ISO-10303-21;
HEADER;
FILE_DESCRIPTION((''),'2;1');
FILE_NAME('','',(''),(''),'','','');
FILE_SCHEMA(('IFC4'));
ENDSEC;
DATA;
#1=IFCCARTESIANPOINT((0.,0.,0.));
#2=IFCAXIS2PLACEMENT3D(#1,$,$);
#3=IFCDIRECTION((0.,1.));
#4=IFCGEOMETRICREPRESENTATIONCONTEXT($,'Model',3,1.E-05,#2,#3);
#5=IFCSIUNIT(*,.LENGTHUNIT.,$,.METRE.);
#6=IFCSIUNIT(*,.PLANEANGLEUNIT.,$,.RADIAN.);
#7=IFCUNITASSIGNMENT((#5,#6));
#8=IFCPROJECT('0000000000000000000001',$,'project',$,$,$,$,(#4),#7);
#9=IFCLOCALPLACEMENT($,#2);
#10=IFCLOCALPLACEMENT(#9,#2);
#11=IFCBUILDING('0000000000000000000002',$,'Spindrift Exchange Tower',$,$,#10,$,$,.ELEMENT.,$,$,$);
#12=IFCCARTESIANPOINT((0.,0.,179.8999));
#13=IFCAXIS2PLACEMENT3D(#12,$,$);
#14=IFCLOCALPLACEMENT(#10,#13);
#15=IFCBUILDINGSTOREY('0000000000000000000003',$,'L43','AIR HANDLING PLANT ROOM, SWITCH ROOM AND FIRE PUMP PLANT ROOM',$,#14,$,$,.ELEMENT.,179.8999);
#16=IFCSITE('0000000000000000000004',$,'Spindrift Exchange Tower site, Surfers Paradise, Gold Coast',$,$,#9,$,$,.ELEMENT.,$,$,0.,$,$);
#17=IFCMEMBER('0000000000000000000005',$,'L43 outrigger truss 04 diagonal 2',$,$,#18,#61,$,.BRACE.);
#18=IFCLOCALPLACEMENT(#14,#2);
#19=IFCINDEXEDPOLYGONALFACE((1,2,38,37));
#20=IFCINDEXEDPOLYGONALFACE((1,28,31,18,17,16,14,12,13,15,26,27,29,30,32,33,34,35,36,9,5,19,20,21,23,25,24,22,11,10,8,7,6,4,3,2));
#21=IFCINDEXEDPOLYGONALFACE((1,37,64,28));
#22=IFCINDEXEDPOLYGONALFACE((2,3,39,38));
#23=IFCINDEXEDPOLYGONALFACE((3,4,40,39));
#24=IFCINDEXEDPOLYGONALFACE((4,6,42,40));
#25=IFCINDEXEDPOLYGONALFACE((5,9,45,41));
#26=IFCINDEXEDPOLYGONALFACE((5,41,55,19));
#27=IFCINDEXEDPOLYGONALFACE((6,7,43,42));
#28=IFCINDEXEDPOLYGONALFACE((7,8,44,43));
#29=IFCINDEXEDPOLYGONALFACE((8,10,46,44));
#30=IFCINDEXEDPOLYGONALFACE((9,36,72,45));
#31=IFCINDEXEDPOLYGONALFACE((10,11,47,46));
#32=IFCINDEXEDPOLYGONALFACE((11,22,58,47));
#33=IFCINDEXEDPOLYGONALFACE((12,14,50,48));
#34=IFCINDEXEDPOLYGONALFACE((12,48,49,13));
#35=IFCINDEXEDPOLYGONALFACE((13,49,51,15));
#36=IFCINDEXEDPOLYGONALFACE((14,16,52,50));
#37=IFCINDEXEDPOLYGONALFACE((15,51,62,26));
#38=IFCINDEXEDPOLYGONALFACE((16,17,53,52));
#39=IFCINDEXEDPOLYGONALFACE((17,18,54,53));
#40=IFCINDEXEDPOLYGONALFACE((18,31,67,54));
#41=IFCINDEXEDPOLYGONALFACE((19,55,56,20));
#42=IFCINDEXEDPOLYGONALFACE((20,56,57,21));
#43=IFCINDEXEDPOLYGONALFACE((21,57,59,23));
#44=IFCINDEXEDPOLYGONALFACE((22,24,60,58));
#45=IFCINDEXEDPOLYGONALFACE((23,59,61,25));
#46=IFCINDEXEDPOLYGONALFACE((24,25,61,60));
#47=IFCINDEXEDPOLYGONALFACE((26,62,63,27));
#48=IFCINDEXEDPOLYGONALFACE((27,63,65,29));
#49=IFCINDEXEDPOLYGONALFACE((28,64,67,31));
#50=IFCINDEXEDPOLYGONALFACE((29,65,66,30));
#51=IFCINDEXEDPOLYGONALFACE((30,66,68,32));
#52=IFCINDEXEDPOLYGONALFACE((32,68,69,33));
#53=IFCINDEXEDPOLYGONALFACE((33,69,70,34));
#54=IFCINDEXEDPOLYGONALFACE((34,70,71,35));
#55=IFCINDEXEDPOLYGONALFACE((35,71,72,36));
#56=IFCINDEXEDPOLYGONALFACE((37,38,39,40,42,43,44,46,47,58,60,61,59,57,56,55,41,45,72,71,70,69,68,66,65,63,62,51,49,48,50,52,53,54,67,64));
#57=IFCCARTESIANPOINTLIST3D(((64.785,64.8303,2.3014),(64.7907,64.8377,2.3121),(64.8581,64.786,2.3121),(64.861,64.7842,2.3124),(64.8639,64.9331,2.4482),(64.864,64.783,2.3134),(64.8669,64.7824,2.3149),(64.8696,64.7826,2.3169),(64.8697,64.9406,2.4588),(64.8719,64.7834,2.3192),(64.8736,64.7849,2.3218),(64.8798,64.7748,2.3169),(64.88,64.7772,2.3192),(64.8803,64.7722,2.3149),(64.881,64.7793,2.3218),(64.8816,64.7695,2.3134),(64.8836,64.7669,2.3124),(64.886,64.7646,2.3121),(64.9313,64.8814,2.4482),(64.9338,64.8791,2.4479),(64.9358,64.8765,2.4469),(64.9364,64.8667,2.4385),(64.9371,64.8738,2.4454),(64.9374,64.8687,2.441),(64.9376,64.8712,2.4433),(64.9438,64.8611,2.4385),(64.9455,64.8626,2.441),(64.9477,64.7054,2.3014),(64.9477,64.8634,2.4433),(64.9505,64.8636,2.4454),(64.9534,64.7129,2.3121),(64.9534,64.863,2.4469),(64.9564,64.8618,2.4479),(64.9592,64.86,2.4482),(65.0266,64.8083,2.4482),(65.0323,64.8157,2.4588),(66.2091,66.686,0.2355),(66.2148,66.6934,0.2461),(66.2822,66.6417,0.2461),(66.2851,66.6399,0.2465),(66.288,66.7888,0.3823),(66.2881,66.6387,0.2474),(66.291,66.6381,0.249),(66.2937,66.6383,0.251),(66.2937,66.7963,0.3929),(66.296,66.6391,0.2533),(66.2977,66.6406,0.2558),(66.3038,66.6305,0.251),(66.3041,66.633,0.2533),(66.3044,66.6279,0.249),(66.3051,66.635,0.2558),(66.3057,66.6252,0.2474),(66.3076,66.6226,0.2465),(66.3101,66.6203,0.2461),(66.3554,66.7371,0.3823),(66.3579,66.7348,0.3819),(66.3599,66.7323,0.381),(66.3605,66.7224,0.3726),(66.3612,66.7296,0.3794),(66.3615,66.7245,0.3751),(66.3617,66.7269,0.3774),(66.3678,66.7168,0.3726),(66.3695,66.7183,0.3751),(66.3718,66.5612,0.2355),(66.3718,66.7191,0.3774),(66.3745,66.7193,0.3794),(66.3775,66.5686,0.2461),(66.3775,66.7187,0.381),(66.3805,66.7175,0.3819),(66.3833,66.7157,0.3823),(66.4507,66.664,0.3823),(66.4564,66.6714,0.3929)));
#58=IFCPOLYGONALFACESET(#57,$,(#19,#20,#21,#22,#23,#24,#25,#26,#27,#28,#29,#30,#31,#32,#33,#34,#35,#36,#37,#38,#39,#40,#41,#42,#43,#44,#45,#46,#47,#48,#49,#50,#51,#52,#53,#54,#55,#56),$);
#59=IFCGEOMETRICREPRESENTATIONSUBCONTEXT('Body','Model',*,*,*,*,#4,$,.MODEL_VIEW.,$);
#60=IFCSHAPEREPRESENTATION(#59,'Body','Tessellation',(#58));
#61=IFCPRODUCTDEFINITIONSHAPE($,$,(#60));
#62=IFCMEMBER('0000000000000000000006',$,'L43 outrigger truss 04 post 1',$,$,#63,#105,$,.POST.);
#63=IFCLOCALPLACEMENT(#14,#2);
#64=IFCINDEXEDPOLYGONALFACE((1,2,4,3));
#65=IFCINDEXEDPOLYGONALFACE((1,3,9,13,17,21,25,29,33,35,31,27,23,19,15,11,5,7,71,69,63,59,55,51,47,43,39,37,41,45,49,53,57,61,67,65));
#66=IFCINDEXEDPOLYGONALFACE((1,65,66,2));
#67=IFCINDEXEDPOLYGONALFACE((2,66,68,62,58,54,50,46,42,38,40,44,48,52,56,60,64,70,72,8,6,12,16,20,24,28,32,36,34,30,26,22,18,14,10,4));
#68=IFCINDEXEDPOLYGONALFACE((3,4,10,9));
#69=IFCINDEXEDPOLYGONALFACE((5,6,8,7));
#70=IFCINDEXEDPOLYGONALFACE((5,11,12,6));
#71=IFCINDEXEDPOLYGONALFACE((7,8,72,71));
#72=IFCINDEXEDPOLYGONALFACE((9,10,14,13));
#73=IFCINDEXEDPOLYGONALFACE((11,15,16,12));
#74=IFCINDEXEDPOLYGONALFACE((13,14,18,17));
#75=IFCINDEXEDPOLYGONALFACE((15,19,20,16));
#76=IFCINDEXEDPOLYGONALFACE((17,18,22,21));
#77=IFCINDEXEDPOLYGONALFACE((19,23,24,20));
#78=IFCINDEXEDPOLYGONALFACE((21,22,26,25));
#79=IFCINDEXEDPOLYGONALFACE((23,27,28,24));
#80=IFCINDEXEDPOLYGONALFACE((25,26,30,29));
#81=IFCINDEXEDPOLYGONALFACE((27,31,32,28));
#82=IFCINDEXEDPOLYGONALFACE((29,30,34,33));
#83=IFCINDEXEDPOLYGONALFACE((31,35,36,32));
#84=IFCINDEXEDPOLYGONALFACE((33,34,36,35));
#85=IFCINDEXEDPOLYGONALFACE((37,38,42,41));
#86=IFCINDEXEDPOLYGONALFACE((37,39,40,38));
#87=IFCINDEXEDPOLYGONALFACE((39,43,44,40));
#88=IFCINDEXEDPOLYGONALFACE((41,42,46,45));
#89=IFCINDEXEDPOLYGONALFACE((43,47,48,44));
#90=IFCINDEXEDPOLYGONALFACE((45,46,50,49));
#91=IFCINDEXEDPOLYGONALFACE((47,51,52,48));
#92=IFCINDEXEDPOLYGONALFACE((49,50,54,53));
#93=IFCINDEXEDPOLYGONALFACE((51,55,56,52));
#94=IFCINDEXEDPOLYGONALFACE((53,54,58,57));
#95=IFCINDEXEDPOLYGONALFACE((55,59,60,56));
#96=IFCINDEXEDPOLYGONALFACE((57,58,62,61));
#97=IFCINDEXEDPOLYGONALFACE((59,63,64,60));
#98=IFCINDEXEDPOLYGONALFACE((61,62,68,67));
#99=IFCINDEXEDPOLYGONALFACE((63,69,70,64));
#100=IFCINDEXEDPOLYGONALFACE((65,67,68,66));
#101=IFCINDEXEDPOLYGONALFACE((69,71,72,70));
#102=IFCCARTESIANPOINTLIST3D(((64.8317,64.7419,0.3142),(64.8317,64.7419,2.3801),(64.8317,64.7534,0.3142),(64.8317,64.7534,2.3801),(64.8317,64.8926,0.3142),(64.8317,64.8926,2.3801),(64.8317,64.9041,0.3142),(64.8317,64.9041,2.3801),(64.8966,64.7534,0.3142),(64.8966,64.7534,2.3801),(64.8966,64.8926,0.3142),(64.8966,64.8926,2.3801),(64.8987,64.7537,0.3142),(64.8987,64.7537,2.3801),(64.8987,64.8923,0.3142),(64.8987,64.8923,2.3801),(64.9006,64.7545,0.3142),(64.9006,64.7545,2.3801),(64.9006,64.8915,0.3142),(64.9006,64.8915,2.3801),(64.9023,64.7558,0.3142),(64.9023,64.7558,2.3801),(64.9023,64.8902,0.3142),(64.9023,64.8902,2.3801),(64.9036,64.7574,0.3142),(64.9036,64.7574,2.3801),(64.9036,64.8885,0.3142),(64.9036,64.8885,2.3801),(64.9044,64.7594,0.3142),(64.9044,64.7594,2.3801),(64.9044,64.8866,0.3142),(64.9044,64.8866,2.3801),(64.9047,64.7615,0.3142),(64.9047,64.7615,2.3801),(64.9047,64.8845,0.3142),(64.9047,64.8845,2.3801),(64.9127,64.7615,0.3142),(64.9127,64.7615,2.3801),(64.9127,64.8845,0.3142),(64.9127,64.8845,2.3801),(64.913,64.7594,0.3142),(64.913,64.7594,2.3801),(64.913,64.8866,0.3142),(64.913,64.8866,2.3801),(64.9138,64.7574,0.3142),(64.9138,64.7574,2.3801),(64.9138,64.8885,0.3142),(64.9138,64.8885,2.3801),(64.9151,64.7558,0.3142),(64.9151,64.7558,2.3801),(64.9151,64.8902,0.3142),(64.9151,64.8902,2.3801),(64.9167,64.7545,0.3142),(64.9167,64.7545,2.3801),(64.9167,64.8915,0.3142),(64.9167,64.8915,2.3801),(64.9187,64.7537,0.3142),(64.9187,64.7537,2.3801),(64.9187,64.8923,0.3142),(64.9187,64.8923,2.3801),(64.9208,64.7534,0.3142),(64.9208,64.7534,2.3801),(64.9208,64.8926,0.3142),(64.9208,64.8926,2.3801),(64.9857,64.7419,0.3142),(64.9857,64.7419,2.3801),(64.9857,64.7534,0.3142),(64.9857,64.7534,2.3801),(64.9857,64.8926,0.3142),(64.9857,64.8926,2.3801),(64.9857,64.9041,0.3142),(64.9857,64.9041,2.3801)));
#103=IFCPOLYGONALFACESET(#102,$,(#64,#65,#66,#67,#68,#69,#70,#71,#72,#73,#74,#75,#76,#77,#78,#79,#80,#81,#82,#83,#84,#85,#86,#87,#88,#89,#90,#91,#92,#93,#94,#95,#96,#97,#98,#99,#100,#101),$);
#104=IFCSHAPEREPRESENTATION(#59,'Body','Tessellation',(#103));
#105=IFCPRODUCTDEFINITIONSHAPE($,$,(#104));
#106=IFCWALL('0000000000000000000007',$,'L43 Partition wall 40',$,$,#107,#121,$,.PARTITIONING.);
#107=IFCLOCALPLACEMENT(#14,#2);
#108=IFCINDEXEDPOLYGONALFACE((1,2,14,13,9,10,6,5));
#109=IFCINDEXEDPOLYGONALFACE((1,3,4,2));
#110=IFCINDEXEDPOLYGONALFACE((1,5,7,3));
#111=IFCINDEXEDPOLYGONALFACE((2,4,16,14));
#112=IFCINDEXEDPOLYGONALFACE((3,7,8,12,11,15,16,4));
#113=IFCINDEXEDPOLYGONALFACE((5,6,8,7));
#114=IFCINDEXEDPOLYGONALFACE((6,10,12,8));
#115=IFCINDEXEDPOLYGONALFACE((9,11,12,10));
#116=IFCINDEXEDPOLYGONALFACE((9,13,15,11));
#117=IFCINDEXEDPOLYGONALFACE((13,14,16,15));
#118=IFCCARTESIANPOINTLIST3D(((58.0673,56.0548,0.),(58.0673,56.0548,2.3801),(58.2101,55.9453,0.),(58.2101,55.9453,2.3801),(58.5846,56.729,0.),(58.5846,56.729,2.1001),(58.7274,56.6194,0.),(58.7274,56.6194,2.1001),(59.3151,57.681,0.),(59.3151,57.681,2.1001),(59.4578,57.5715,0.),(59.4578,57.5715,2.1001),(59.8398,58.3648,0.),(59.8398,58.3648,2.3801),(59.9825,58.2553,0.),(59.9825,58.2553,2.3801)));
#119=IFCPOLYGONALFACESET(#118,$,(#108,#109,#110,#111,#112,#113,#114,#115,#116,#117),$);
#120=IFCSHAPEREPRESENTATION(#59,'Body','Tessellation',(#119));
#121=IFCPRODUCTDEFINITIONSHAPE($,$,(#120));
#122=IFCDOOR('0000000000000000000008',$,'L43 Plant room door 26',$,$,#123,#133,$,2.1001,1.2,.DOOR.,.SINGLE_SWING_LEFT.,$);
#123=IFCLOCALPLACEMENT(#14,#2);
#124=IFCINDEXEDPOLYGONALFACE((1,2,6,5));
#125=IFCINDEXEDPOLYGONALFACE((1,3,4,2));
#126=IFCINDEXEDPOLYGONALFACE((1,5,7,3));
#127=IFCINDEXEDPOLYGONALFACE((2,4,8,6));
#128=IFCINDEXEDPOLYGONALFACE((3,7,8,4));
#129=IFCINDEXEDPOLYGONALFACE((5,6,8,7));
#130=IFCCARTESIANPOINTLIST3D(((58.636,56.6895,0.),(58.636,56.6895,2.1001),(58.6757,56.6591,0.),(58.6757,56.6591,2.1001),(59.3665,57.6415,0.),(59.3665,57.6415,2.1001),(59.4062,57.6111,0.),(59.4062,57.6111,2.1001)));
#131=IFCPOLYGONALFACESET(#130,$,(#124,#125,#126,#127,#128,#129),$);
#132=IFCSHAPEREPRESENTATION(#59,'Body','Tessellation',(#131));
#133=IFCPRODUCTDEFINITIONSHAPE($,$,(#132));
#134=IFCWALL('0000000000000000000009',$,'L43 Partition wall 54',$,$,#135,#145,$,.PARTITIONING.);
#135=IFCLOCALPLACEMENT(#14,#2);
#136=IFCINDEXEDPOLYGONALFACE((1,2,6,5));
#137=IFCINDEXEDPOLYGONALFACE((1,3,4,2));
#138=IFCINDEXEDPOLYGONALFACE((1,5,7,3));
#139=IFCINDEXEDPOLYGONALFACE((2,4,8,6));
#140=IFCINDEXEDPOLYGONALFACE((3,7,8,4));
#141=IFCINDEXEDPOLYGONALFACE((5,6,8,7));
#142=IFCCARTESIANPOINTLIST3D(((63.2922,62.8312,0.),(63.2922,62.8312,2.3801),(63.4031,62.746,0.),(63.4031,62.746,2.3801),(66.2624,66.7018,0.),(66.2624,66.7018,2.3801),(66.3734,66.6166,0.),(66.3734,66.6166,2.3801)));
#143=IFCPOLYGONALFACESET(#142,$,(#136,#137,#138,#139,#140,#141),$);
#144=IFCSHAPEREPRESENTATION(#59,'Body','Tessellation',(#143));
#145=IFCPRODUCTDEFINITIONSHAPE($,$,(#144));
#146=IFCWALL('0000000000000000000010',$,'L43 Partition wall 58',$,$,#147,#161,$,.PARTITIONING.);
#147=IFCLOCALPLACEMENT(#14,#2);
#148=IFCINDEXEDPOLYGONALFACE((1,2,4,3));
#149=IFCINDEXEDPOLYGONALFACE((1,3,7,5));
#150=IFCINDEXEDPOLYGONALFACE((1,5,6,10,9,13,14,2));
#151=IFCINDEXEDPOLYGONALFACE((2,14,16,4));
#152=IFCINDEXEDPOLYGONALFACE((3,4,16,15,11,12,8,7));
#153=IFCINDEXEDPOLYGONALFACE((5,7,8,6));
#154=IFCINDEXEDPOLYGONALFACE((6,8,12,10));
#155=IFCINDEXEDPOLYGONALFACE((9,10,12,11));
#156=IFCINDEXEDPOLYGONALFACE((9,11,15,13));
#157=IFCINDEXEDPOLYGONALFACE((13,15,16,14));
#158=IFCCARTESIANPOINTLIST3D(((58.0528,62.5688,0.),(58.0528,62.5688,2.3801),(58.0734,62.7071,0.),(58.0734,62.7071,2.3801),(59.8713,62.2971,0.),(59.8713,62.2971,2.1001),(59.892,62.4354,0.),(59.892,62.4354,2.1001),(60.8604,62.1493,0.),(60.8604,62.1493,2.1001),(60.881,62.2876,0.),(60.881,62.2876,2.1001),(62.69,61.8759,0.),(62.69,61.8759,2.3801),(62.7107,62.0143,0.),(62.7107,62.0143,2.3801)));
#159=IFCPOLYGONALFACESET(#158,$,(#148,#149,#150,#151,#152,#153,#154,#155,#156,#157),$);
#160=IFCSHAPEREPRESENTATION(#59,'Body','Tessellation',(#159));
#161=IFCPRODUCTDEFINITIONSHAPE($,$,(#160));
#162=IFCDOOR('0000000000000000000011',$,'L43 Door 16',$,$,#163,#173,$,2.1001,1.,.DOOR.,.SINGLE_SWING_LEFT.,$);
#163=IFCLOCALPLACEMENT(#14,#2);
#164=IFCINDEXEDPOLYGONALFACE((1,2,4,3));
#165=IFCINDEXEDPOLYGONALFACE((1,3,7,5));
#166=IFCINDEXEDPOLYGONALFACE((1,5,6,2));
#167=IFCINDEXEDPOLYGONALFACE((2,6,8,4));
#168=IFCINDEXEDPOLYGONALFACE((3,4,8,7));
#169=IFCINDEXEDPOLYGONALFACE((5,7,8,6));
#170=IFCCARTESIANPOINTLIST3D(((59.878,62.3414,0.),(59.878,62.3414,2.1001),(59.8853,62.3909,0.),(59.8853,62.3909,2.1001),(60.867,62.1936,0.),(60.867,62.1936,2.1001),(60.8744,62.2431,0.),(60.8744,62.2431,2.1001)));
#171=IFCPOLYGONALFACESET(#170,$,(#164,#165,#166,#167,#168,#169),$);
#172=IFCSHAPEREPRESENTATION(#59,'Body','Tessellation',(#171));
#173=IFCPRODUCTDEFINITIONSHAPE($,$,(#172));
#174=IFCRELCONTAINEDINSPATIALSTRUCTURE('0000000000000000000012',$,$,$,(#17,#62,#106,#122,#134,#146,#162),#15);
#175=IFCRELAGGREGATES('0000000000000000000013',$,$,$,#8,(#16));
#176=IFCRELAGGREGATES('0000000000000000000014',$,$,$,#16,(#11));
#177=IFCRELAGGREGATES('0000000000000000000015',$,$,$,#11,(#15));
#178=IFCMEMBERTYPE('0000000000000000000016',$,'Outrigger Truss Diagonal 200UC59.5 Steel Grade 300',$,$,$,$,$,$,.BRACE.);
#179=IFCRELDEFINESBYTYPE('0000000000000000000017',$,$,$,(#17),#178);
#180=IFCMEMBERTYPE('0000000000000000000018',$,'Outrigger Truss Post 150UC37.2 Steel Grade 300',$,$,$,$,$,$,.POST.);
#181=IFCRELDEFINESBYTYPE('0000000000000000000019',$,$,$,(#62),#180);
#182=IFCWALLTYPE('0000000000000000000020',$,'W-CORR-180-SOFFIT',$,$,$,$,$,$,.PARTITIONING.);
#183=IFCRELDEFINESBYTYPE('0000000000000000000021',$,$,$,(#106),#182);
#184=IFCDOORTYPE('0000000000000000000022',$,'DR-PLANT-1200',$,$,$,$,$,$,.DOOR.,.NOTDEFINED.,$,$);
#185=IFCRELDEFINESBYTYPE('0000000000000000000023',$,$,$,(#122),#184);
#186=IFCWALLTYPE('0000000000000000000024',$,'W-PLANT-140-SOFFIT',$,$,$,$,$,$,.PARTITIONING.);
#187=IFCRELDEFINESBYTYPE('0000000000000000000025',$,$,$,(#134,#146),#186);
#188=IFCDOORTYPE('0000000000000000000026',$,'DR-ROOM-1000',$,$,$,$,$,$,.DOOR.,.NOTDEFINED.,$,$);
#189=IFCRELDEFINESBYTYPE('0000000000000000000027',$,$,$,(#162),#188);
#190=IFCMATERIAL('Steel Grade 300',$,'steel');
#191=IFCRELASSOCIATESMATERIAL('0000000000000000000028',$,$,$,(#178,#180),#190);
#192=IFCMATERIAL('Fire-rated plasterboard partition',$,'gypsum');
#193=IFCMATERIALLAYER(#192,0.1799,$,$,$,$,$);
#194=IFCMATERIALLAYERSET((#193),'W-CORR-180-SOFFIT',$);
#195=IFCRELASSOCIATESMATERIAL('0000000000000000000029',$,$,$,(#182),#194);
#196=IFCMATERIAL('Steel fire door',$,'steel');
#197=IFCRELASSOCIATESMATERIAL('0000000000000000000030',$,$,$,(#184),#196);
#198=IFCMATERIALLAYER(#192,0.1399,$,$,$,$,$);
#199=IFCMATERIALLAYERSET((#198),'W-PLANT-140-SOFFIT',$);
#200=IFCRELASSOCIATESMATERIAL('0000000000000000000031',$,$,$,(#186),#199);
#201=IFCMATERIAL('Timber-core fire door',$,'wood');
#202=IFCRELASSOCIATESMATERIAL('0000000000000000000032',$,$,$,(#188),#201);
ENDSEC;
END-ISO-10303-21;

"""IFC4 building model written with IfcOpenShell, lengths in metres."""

from ifc_helpers import new_model, si_unit, direction, frame, frame_2d, origin, origin_2d, place, context, subcontext, project, spatial, rectangle, i_section, extrude, source, transform, mapped, material, layer, layer_set, material_profile, profile_set, type_object, element, fill, save


model = new_model("IFC4")

# Units and contexts
model_context = context("Model", 3, precision=1e-05, world=origin(), true_north=direction((0.0, 1.0)))
body_context = subcontext(model_context, "Body", "Model", "MODEL_VIEW")
ifc_project = project(units=[si_unit("LENGTHUNIT", "METRE"), si_unit("PLANEANGLEUNIT", "RADIAN")], contexts=[model_context])

# Site, building, storey
site_placement = place(None, origin())
site = spatial("IfcSite", under=ifc_project, at=site_placement, Name="Spindrift Exchange Tower site, Surfers Paradise, Gold Coast", CompositionType="ELEMENT", RefElevation=0.0)
building_placement = place(site_placement, origin())
building = spatial("IfcBuilding", under=site, at=building_placement, Name="Spindrift Exchange Tower", CompositionType="ELEMENT")
storey_placement = place(building_placement, frame((0.0, 0.0, 179.8999)))
storey = spatial("IfcBuildingStorey", under=building, at=storey_placement, Name="L43", Description="AIR HANDLING PLANT ROOM, SWITCH ROOM AND FIRE PUMP PLANT ROOM", CompositionType="ELEMENT", Elevation=179.8999)

# Shared definitions
ifc_material_1 = material(Name="Steel Grade 300", Category="steel")

# Members
ifc_material_profile_1 = material_profile(ifc_material_1, i_section(OverallWidth=0.2051, OverallDepth=0.21, WebThickness=0.0093, FlangeThickness=0.0142, FilletRadius=0.0129, at=origin_2d()), Name="200UC59.5")
ifc_profile_set_1 = profile_set([ifc_material_profile_1], Name="Steel Grade 300")
member_type_1 = type_object("IfcMemberType", Name="Outrigger Truss Diagonal 200UC59.5 Steel Grade 300", PredefinedType="BRACE", material=ifc_profile_set_1)
shared_shape_1 = source(origin(), body_context, "Body", "SweptSolid", [
    extrude(i_section(OverallWidth=0.2051, OverallDepth=0.21, WebThickness=0.0093, FlangeThickness=0.0142, FilletRadius=0.0129, at=origin_2d()), origin(), (0.0, 0.0, 1.0), 3.1208),
])
member_1_placement = place(storey_placement, frame((64.9087, 64.823, 2.3801), z_axis=(0.45631, 0.594619, -0.661974), x_axis=(-0.793326, 0.608797, 0.0)))
element("IfcMember", 1, at=member_1_placement, inside=storey, type_object=member_type_1, Name="L43 outrigger truss 04 diagonal 2", PredefinedType="BRACE", context=body_context, shape_type="MappedRepresentation", body=[
    mapped(shared_shape_1, transform((0.0, 0.0, 0.0), scale=1.0)),
])
ifc_material_profile_2 = material_profile(ifc_material_1, i_section(OverallWidth=0.1541, OverallDepth=0.1621, WebThickness=0.0081, FlangeThickness=0.0115, FilletRadius=0.0081, at=origin_2d()), Name="150UC37.2")
ifc_profile_set_2 = profile_set([ifc_material_profile_2], Name="Steel Grade 300")
member_type_2 = type_object("IfcMemberType", Name="Outrigger Truss Post 150UC37.2 Steel Grade 300", PredefinedType="POST", material=ifc_profile_set_2)
shared_shape_2 = source(origin(), body_context, "Body", "SweptSolid", [
    extrude(i_section(OverallWidth=0.1541, OverallDepth=0.1621, WebThickness=0.0081, FlangeThickness=0.0115, FilletRadius=0.0081, at=origin_2d()), origin(), (0.0, 0.0, 1.0), 2.0659),
])
member_2_placement = place(storey_placement, frame((64.9087, 64.823, 0.3142), z_axis=(0.0, 0.0, 1.0), x_axis=(1.0, 0.0, 0.0)))
element("IfcMember", 2, at=member_2_placement, inside=storey, type_object=member_type_2, Name="L43 outrigger truss 04 post 1", PredefinedType="POST", context=body_context, shape_type="MappedRepresentation", body=[
    mapped(shared_shape_2, transform((0.0, 0.0, 0.0), scale=1.0)),
])

# Wall, opening, door
ifc_material_2 = material(Name="Fire-rated plasterboard partition", Category="gypsum")
ifc_layer_1 = layer(ifc_material_2, 0.1799)
ifc_layer_set_1 = layer_set([ifc_layer_1], Name="W-CORR-180-SOFFIT")
wall_type_1 = type_object("IfcWallType", Name="W-CORR-180-SOFFIT", PredefinedType="PARTITIONING", material=ifc_layer_set_1)
wall_1_placement = place(storey_placement, frame((59.9111, 58.3101, 0.0), z_axis=(0.0, 0.0, 1.0), x_axis=(-0.608738, -0.793371, 0.0)))
wall_1 = element("IfcWall", 3, at=wall_1_placement, inside=storey, type_object=wall_type_1, Name="L43 Partition wall 40", PredefinedType="PARTITIONING", context=body_context, shape_type="SweptSolid", body=[
    extrude(rectangle(XDim=2.9116, YDim=0.1799, at=frame_2d((1.4558, 0.0))), origin(), (0.0, 0.0, 1.0), 2.3801),
])
opening_1_placement = place(wall_1_placement, frame((0.8618, 0.0, 0.0)))
opening_1 = element("IfcOpeningElement", 4, at=opening_1_placement, cuts=wall_1, PredefinedType="OPENING", context=body_context, shape_type="SweptSolid", body=[
    extrude(rectangle(XDim=1.2, YDim=2.1001, at=frame_2d((0.6001, 1.05))), frame((0.0, 0.0999, 0.0), z_axis=(0.0, -1.0, 0.0), x_axis=(1.0, 0.0, 0.0)), (0.0, 0.0, 1.0), 0.2),
])
ifc_material_3 = material(Name="Steel fire door", Category="steel")
door_type_1 = type_object("IfcDoorType", Name="DR-PLANT-1200", OperationType="NOTDEFINED", PredefinedType="DOOR", material=ifc_material_3)
shared_shape_3 = source(origin(), body_context, "Body", "SweptSolid", [
    extrude(rectangle(XDim=1.2, YDim=2.1001, at=frame_2d((0.6001, 1.05))), frame((0.0, 0.0249, 0.0), z_axis=(0.0, -1.0, 0.0), x_axis=(1.0, 0.0, 0.0)), (0.0, 0.0, 1.0), 0.05),
])
door_1_placement = place(opening_1_placement, origin())
door_1 = element("IfcDoor", 5, at=door_1_placement, inside=storey, type_object=door_type_1, Name="L43 Plant room door 26", OperationType="SINGLE_SWING_LEFT", OverallHeight=2.1001, OverallWidth=1.2, PredefinedType="DOOR", context=body_context, shape_type="MappedRepresentation", body=[
    mapped(shared_shape_3, transform((0.0, 0.0, 0.0), scale=1.0)),
])
fill(opening_1, door_1)

# Wall
ifc_layer_2 = layer(ifc_material_2, 0.1399)
ifc_layer_set_2 = layer_set([ifc_layer_2], Name="W-PLANT-140-SOFFIT")
wall_type_2 = type_object("IfcWallType", Name="W-PLANT-140-SOFFIT", PredefinedType="PARTITIONING", material=ifc_layer_set_2)
wall_2_placement = place(storey_placement, frame((63.3477, 62.7886, 0.0), z_axis=(0.0, 0.0, 1.0), x_axis=(0.608787, 0.793334, 0.0)))
element("IfcWall", 6, at=wall_2_placement, inside=storey, type_object=wall_type_2, Name="L43 Partition wall 54", PredefinedType="PARTITIONING", context=body_context, shape_type="SweptSolid", body=[
    extrude(rectangle(XDim=4.8789, YDim=0.1399, at=frame_2d((2.4395, 0.0))), origin(), (0.0, 0.0, 1.0), 2.3801),
])

# Wall, opening, door
wall_3_placement = place(storey_placement, frame((58.0632, 62.6379, 0.0), z_axis=(0.0, 0.0, 1.0), x_axis=(0.989021, -0.147775, 0.0)))
wall_3 = element("IfcWall", 7, at=wall_3_placement, inside=storey, type_object=wall_type_2, Name="L43 Partition wall 58", PredefinedType="PARTITIONING", context=body_context, shape_type="SweptSolid", body=[
    extrude(rectangle(XDim=4.6887, YDim=0.1399, at=frame_2d((2.3442, 0.0))), origin(), (0.0, 0.0, 1.0), 2.3801),
])
opening_2_placement = place(wall_3_placement, frame((1.8386, 0.0, 0.0)))
opening_2 = element("IfcOpeningElement", 8, at=opening_2_placement, cuts=wall_3, PredefinedType="OPENING", context=body_context, shape_type="SweptSolid", body=[
    extrude(rectangle(XDim=1.0, YDim=2.1001, at=frame_2d((0.5, 1.05))), frame((0.0, 0.0798, 0.0), z_axis=(0.0, -1.0, 0.0), x_axis=(1.0, 0.0, 0.0)), (0.0, 0.0, 1.0), 0.1599),
])
ifc_material_4 = material(Name="Timber-core fire door", Category="wood")
door_type_2 = type_object("IfcDoorType", Name="DR-ROOM-1000", OperationType="NOTDEFINED", PredefinedType="DOOR", material=ifc_material_4)
shared_shape_4 = source(origin(), body_context, "Body", "SweptSolid", [
    extrude(rectangle(XDim=1.0, YDim=2.1001, at=frame_2d((0.5, 1.05))), frame((0.0, 0.0249, 0.0), z_axis=(0.0, -1.0, 0.0), x_axis=(1.0, 0.0, 0.0)), (0.0, 0.0, 1.0), 0.05),
])
door_2_placement = place(opening_2_placement, origin())
door_2 = element("IfcDoor", 9, at=door_2_placement, inside=storey, type_object=door_type_2, Name="L43 Door 16", OperationType="SINGLE_SWING_LEFT", OverallHeight=2.1001, OverallWidth=1.0, PredefinedType="DOOR", context=body_context, shape_type="MappedRepresentation", body=[
    mapped(shared_shape_4, transform((0.0, 0.0, 0.0), scale=1.0)),
])
fill(opening_2, door_2)

save(model, "model.ifc")
